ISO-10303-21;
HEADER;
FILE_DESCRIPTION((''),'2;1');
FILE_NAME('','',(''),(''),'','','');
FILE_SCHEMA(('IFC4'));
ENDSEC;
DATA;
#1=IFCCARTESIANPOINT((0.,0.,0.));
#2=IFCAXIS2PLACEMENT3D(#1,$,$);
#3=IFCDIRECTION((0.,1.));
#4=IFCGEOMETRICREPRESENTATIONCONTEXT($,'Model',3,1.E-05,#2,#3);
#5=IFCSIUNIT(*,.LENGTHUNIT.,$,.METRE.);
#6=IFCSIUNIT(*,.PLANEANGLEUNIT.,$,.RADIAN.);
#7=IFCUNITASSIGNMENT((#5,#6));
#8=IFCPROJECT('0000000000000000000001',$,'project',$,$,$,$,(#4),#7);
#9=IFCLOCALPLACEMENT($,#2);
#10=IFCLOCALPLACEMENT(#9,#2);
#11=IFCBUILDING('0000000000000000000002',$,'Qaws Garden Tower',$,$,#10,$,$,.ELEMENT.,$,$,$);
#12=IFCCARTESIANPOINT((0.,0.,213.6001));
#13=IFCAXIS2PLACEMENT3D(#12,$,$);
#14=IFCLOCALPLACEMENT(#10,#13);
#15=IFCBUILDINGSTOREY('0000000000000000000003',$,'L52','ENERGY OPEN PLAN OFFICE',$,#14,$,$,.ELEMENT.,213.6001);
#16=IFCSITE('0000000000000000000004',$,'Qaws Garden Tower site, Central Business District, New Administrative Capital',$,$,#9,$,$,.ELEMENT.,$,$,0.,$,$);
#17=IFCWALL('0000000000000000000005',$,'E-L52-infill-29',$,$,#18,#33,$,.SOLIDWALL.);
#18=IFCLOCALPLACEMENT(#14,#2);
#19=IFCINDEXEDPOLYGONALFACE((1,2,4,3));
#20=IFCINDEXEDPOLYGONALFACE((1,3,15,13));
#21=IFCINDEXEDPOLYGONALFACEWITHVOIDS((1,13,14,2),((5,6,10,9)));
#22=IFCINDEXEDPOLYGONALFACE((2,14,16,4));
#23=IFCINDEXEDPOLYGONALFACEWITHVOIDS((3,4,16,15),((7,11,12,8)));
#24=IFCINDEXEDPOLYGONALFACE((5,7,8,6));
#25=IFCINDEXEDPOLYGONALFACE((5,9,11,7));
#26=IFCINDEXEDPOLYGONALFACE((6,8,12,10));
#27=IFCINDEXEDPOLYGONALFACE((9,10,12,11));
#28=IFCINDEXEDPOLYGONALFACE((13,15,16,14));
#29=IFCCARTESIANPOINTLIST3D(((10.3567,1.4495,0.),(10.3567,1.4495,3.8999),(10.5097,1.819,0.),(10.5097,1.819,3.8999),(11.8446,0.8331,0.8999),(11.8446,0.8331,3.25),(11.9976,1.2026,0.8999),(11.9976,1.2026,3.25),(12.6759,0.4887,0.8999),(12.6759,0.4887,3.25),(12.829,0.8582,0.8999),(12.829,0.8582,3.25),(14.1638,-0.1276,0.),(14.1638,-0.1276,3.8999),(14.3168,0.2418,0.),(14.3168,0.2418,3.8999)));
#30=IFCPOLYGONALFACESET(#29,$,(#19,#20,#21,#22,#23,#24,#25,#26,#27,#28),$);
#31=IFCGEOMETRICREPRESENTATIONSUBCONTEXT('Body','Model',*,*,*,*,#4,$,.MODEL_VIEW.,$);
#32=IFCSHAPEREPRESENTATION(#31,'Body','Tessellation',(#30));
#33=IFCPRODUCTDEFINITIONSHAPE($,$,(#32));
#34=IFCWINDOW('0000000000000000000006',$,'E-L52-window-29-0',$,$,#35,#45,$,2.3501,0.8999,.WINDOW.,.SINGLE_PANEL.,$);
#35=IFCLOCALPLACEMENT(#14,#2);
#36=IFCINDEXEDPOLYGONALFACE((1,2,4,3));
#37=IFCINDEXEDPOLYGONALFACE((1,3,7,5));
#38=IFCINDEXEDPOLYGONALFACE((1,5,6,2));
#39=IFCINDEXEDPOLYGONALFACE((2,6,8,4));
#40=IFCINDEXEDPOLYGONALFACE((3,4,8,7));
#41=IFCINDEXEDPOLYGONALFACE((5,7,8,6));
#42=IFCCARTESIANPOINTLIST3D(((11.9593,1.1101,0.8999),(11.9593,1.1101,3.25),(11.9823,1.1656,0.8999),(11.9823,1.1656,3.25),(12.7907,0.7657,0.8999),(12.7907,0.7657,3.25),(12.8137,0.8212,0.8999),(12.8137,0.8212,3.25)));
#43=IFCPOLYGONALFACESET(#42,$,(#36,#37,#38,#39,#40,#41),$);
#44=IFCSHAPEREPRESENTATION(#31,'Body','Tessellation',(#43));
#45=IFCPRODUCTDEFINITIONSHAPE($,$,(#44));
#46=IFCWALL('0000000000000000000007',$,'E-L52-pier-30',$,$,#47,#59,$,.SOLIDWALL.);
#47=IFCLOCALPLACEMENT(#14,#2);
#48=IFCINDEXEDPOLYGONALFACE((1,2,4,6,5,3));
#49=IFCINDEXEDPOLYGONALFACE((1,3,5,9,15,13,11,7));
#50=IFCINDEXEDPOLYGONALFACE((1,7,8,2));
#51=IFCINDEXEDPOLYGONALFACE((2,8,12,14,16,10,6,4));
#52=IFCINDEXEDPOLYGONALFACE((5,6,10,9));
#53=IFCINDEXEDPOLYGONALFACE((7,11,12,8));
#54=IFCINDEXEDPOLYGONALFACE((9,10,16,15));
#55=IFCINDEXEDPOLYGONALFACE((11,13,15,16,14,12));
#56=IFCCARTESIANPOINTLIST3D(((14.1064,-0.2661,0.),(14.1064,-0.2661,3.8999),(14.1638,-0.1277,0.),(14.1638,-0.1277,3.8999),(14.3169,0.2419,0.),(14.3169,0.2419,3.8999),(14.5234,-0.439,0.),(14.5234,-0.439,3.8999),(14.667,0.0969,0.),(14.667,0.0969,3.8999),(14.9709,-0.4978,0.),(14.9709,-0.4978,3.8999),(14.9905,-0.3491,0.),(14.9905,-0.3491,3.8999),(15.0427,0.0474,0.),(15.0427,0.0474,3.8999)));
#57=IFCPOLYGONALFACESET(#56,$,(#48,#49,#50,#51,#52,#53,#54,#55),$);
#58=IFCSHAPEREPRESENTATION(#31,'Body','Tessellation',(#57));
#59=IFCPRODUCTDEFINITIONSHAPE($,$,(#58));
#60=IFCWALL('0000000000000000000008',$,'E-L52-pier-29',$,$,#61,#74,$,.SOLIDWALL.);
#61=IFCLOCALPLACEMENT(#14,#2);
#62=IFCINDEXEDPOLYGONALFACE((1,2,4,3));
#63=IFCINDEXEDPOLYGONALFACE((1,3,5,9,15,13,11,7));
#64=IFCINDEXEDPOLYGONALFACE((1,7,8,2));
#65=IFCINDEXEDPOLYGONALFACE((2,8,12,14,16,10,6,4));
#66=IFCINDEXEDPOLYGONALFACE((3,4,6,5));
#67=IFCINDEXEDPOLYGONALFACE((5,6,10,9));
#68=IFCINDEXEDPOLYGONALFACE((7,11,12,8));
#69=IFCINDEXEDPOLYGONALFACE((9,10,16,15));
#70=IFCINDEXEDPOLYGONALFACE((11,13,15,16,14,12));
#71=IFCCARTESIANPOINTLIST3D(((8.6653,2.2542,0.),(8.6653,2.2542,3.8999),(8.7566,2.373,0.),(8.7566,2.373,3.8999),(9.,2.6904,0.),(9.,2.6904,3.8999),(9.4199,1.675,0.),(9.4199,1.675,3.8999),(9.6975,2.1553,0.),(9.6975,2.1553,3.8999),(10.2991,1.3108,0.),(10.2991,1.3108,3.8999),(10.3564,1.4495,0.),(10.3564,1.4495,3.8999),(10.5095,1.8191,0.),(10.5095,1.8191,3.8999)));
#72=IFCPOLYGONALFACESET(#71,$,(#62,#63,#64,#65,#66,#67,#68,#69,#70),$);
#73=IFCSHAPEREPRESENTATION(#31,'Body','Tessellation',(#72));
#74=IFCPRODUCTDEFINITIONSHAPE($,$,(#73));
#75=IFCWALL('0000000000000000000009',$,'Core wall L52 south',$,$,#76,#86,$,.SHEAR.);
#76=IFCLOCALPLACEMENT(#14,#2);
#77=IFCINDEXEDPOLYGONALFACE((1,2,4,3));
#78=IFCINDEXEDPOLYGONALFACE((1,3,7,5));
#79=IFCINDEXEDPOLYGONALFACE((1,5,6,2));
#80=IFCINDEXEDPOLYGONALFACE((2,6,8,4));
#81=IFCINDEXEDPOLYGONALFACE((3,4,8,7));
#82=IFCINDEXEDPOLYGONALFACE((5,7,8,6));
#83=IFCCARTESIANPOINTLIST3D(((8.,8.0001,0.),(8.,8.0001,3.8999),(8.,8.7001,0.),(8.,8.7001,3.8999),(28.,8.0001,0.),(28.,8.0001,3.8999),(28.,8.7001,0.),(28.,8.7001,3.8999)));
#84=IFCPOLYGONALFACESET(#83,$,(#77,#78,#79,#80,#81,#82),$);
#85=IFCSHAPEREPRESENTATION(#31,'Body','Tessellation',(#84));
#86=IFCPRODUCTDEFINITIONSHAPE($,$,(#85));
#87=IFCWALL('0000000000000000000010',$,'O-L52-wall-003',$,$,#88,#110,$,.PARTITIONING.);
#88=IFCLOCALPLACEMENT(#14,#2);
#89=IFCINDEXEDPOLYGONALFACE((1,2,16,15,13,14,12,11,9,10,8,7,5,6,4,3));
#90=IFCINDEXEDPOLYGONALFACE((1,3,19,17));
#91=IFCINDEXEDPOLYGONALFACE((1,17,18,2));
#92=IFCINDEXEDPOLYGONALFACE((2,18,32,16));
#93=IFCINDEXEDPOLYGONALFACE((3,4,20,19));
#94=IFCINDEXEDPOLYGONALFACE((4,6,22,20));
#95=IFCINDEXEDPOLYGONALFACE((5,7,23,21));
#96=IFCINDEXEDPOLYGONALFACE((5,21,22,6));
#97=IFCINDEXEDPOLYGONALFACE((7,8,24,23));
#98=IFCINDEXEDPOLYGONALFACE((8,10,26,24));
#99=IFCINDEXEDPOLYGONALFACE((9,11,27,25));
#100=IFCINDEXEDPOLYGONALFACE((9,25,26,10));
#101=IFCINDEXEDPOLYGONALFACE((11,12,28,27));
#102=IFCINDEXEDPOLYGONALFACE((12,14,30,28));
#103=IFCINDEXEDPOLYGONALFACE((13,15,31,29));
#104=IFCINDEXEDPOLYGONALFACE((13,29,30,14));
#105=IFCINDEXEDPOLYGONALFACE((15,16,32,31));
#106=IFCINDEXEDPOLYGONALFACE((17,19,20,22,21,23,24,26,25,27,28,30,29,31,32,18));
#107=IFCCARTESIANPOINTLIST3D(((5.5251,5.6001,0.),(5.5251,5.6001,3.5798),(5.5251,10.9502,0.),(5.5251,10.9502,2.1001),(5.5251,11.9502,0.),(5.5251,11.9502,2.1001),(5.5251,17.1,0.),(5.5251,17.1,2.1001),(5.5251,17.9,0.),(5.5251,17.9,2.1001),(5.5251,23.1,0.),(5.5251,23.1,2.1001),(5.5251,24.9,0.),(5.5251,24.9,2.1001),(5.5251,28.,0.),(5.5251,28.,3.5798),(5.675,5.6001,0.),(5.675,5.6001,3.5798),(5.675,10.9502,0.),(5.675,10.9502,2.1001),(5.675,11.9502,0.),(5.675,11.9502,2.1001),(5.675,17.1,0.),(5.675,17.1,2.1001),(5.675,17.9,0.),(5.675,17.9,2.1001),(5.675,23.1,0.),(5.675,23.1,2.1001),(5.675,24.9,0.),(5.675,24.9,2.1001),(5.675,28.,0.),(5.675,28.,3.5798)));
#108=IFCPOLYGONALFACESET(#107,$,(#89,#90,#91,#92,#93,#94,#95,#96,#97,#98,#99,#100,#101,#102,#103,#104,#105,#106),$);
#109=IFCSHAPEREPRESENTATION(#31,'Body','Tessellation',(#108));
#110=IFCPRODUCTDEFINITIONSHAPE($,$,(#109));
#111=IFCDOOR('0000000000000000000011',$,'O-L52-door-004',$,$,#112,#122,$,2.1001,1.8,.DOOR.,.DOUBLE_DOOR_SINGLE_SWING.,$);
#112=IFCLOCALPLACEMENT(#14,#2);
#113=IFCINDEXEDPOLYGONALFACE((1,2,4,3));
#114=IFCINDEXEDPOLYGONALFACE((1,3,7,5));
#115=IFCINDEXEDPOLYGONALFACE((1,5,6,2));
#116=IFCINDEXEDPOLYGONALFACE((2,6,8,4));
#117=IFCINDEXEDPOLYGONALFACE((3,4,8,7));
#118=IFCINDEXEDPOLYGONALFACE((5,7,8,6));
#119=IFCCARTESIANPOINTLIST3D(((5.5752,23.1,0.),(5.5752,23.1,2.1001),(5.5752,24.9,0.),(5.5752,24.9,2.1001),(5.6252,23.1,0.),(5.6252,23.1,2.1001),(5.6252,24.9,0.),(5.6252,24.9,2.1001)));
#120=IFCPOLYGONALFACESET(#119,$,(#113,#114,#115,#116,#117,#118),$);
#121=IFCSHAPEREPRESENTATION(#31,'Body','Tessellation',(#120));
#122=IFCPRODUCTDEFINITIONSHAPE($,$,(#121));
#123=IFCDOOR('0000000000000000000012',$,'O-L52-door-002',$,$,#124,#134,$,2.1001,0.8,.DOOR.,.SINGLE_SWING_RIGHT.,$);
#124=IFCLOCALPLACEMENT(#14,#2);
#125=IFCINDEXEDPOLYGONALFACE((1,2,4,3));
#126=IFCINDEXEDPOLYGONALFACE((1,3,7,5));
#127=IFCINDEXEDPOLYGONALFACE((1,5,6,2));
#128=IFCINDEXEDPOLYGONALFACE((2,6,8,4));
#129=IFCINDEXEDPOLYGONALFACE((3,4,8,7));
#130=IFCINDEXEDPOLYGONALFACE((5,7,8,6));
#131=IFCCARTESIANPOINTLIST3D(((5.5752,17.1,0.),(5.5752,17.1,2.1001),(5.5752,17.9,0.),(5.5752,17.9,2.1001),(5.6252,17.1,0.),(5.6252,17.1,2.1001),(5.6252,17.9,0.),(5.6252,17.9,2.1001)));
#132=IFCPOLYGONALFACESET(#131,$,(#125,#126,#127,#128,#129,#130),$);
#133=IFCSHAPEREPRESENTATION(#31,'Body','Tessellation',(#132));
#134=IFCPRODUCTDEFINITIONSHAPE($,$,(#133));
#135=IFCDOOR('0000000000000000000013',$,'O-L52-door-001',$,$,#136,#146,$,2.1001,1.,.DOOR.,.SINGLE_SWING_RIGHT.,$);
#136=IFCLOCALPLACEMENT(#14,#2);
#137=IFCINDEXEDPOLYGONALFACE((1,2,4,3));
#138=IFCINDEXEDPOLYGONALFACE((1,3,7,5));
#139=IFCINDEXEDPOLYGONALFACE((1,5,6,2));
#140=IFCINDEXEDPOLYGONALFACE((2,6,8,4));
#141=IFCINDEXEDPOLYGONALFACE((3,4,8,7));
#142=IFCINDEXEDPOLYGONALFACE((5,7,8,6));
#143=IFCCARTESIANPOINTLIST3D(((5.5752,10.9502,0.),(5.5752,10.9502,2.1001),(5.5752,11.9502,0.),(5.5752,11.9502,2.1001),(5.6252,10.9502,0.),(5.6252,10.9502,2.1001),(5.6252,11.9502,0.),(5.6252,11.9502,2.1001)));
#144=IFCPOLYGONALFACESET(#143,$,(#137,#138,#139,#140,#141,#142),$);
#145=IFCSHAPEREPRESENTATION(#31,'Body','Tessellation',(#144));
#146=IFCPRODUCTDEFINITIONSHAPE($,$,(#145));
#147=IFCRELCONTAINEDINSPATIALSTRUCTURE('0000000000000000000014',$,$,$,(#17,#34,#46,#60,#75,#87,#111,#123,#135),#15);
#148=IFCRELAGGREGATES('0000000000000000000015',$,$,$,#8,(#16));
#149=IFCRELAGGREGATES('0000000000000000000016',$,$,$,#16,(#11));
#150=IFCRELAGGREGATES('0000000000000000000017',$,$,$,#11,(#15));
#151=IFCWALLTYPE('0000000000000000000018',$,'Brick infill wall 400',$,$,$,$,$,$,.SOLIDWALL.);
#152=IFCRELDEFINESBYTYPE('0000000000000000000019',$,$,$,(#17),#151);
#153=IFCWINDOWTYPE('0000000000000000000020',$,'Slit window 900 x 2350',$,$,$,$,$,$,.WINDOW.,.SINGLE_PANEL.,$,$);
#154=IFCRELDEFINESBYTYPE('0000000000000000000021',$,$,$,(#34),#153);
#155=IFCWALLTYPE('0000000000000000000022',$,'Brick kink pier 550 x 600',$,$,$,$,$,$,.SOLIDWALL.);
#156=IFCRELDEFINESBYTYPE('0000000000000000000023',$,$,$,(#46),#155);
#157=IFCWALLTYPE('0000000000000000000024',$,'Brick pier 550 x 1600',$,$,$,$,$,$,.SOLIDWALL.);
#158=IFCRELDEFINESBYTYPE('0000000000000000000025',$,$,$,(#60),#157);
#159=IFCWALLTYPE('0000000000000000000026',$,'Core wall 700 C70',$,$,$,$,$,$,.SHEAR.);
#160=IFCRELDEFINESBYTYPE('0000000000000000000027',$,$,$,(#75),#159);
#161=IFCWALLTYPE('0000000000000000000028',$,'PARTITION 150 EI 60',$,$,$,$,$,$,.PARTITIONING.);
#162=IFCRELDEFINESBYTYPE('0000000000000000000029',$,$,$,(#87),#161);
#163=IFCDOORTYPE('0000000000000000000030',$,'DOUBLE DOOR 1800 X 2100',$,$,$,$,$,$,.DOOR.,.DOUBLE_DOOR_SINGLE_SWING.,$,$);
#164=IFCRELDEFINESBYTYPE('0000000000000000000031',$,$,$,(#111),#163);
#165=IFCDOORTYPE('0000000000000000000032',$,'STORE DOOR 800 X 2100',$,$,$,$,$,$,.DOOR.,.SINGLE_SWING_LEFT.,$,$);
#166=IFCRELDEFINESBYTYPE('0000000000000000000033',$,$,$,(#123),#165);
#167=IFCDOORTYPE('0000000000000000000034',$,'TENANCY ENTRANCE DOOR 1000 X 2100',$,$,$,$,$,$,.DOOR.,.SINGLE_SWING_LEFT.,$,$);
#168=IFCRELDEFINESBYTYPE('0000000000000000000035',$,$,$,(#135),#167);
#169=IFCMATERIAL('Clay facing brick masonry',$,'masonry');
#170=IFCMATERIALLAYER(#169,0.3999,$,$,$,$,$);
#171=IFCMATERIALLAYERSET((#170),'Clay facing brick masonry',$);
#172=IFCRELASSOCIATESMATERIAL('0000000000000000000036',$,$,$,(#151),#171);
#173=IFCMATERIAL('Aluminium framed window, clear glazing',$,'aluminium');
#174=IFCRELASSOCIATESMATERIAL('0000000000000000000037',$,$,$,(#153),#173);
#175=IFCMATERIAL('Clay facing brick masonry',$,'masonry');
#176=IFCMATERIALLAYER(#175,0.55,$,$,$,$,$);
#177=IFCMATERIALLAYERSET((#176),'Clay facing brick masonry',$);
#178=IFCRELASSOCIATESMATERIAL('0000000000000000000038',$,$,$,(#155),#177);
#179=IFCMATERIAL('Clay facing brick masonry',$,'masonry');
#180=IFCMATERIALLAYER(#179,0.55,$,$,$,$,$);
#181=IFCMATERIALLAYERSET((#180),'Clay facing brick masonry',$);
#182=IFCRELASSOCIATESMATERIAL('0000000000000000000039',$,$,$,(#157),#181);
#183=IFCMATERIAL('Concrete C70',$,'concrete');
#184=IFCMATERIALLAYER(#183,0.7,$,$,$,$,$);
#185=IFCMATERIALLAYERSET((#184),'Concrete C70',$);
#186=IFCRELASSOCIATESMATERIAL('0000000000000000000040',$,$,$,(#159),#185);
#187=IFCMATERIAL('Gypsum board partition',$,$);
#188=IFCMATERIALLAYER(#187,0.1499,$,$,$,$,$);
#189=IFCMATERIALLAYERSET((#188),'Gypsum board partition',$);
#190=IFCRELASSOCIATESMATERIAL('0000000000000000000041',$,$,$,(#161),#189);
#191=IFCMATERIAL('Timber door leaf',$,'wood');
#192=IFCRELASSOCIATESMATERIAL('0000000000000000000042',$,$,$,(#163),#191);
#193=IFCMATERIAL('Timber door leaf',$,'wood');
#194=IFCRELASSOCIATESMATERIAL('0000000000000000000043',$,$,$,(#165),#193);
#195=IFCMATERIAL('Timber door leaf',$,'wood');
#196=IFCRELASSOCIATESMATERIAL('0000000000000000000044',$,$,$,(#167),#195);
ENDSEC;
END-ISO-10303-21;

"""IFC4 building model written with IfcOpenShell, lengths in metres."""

from ifc_helpers import new_model, si_unit, direction, frame, frame_2d, origin, place, context, subcontext, project, spatial, polyline, rectangle, outline, extrude, material, layer, layer_set, type_object, element, fill, save


model = new_model("IFC4")

# Units and contexts
model_context = context("Model", 3, precision=1e-05, world=origin(), true_north=direction((0.0, 1.0)))
body_context = subcontext(model_context, "Body", "Model", "MODEL_VIEW")
ifc_project = project(units=[si_unit("LENGTHUNIT", "METRE"), si_unit("PLANEANGLEUNIT", "RADIAN")], contexts=[model_context])

# Site, building, storey
site_placement = place(None, origin())
site = spatial("IfcSite", under=ifc_project, at=site_placement, Name="Qaws Garden Tower site, Central Business District, New Administrative Capital", CompositionType="ELEMENT", RefElevation=0.0)
building_placement = place(site_placement, origin())
building = spatial("IfcBuilding", under=site, at=building_placement, Name="Qaws Garden Tower", CompositionType="ELEMENT")
storey_placement = place(building_placement, frame((0.0, 0.0, 213.6001)))
storey = spatial("IfcBuildingStorey", under=building, at=storey_placement, Name="L52", Description="ENERGY OPEN PLAN OFFICE", CompositionType="ELEMENT", Elevation=213.6001)

# Shared definitions
placement_1 = place(storey_placement, origin())

# Wall, opening, window
ifc_material_1 = material(Name="Clay facing brick masonry", Category="masonry")
ifc_layer_1 = layer(ifc_material_1, 0.3999)
ifc_layer_set_1 = layer_set([ifc_layer_1], Name="Clay facing brick masonry")
wall_type_1 = type_object("IfcWallType", Name="Brick infill wall 400", PredefinedType="SOLIDWALL", material=ifc_layer_set_1)
ifc_material_2 = material(Name="Aluminium framed window, clear glazing", Category="aluminium")
window_type = type_object("IfcWindowType", Name="Slit window 900 x 2350", PartitioningType="SINGLE_PANEL", PredefinedType="WINDOW", material=ifc_material_2)
wall_1_placement = place(storey_placement, frame((10.4331, 1.6343, 0.0), z_axis=(0.0, 0.0, 1.0), x_axis=(0.923864, -0.382722, 0.0)))
wall_1 = element("IfcWall", 1, at=wall_1_placement, inside=storey, type_object=wall_type_1, Name="E-L52-infill-29", PredefinedType="SOLIDWALL", context=body_context, shape_type="SweptSolid", body=[
    extrude(rectangle(XDim=4.1208, YDim=0.3999, at=frame_2d((2.0605, 0.0))), origin(), (0.0, 0.0, 1.0), 3.8999),
])
opening_1_placement = place(wall_1_placement, frame((1.6106, 0.0, 0.8999)))
opening_1 = element("IfcOpeningElement", 2, at=opening_1_placement, cuts=wall_1, PredefinedType="OPENING", context=body_context, shape_type="SweptSolid", body=[
    extrude(rectangle(XDim=0.8999, YDim=2.3501, at=frame_2d((0.45, 1.175))), frame((0.0, 0.21, 0.0), z_axis=(0.0, -1.0, 0.0), x_axis=(1.0, 0.0, 0.0)), (0.0, 0.0, 1.0), 0.4199),
])
window_1_placement = place(opening_1_placement, origin())
window_1 = element("IfcWindow", 3, at=window_1_placement, inside=storey, type_object=window_type, Name="E-L52-window-29-0", OverallHeight=2.3501, OverallWidth=0.8999, PartitioningType="SINGLE_PANEL", PredefinedType="WINDOW", context=body_context, shape_type="SweptSolid", body=[
    extrude(rectangle(XDim=0.8999, YDim=2.3501, at=frame_2d((0.45, 1.175))), frame((0.0, 0.1599, 0.0), z_axis=(0.0, -1.0, 0.0), x_axis=(1.0, 0.0, 0.0)), (0.0, 0.0, 1.0), 0.0601),
])
fill(opening_1, window_1)

# Walls
ifc_material_3 = material(Name="Clay facing brick masonry", Category="masonry")
ifc_layer_2 = layer(ifc_material_3, 0.55)
ifc_layer_set_2 = layer_set([ifc_layer_2], Name="Clay facing brick masonry")
wall_type_2 = type_object("IfcWallType", Name="Brick kink pier 550 x 600", PredefinedType="SOLIDWALL", material=ifc_layer_set_2)
element("IfcWall", 4, at=placement_1, inside=storey, type_object=wall_type_2, Name="E-L52-pier-30", PredefinedType="SOLIDWALL", context=body_context, shape_type="SweptSolid", body=[
    extrude(outline(polyline([(14.1638, -0.1277), (14.1064, -0.2661), (14.5234, -0.439), (14.9709, -0.4978), (14.9905, -0.3491), (15.0427, 0.0474), (14.667, 0.0969), (14.3169, 0.2419), (14.1638, -0.1277)])), origin(), (0.0, 0.0, 1.0), 3.8999),
])
ifc_material_4 = material(Name="Clay facing brick masonry", Category="masonry")
ifc_layer_3 = layer(ifc_material_4, 0.55)
ifc_layer_set_3 = layer_set([ifc_layer_3], Name="Clay facing brick masonry")
wall_type_3 = type_object("IfcWallType", Name="Brick pier 550 x 1600", PredefinedType="SOLIDWALL", material=ifc_layer_set_3)
element("IfcWall", 5, at=placement_1, inside=storey, type_object=wall_type_3, Name="E-L52-pier-29", PredefinedType="SOLIDWALL", context=body_context, shape_type="SweptSolid", body=[
    extrude(outline(polyline([(8.7566, 2.373), (8.6653, 2.2542), (9.4199, 1.675), (10.2991, 1.3108), (10.3564, 1.4495), (10.5095, 1.8191), (9.6975, 2.1553), (9.0, 2.6904), (8.7566, 2.373)])), origin(), (0.0, 0.0, 1.0), 3.8999),
])
ifc_material_5 = material(Name="Concrete C70", Category="concrete")
ifc_layer_4 = layer(ifc_material_5, 0.7)
ifc_layer_set_4 = layer_set([ifc_layer_4], Name="Concrete C70")
wall_type_4 = type_object("IfcWallType", Name="Core wall 700 C70", PredefinedType="SHEAR", material=ifc_layer_set_4)
wall_2_placement = place(storey_placement, frame((8.0, 8.3501, 0.0), z_axis=(0.0, 0.0, 1.0), x_axis=(1.0, 0.0, 0.0)))
element("IfcWall", 6, at=wall_2_placement, inside=storey, type_object=wall_type_4, Name="Core wall L52 south", PredefinedType="SHEAR", context=body_context, shape_type="SweptSolid", body=[
    extrude(rectangle(XDim=20.0, YDim=0.7, at=frame_2d((10.0, 0.0))), origin(), (0.0, 0.0, 1.0), 3.8999),
])

# Wall, openings, doors
ifc_material_6 = material(Name="Gypsum board partition")
ifc_layer_5 = layer(ifc_material_6, 0.1499)
ifc_layer_set_5 = layer_set([ifc_layer_5], Name="Gypsum board partition")
wall_type_5 = type_object("IfcWallType", Name="PARTITION 150 EI 60", PredefinedType="PARTITIONING", material=ifc_layer_set_5)
wall_3_placement = place(storey_placement, frame((5.6001, 5.6001, 0.0), z_axis=(0.0, 0.0, 1.0), x_axis=(0.0, 1.0, 0.0)))
wall_3 = element("IfcWall", 7, at=wall_3_placement, inside=storey, type_object=wall_type_5, Name="O-L52-wall-003", PredefinedType="PARTITIONING", context=body_context, shape_type="SweptSolid", body=[
    extrude(rectangle(XDim=22.3999, YDim=0.1499, at=frame_2d((11.2, 0.0))), origin(), (0.0, 0.0, 1.0), 3.5798),
])
opening_2_placement = place(wall_3_placement, frame((5.3501, 0.0, 0.0)))
opening_2 = element("IfcOpeningElement", 8, at=opening_2_placement, cuts=wall_3, PredefinedType="OPENING", context=body_context, shape_type="SweptSolid", body=[
    extrude(rectangle(XDim=1.0, YDim=2.1001, at=frame_2d((0.5, 1.05))), frame((0.0, 0.085, 0.0), z_axis=(0.0, -1.0, 0.0), x_axis=(1.0, 0.0, 0.0)), (0.0, 0.0, 1.0), 0.1699),
])
opening_3_placement = place(wall_3_placement, frame((11.5, 0.0, 0.0)))
opening_3 = element("IfcOpeningElement", 9, at=opening_3_placement, cuts=wall_3, PredefinedType="OPENING", context=body_context, shape_type="SweptSolid", body=[
    extrude(rectangle(XDim=0.8, YDim=2.1001, at=frame_2d((0.3999, 1.05))), frame((0.0, 0.085, 0.0), z_axis=(0.0, -1.0, 0.0), x_axis=(1.0, 0.0, 0.0)), (0.0, 0.0, 1.0), 0.1699),
])
opening_4_placement = place(wall_3_placement, frame((17.5, 0.0, 0.0)))
opening_4 = element("IfcOpeningElement", 10, at=opening_4_placement, cuts=wall_3, PredefinedType="OPENING", context=body_context, shape_type="SweptSolid", body=[
    extrude(rectangle(XDim=1.8, YDim=2.1001, at=frame_2d((0.8999, 1.05))), frame((0.0, 0.085, 0.0), z_axis=(0.0, -1.0, 0.0), x_axis=(1.0, 0.0, 0.0)), (0.0, 0.0, 1.0), 0.1699),
])
ifc_material_7 = material(Name="Timber door leaf", Category="wood")
door_type_1 = type_object("IfcDoorType", Name="DOUBLE DOOR 1800 X 2100", OperationType="DOUBLE_DOOR_SINGLE_SWING", PredefinedType="DOOR", material=ifc_material_7)
door_1_placement = place(opening_4_placement, origin())
door_1 = element("IfcDoor", 11, at=door_1_placement, inside=storey, type_object=door_type_1, Name="O-L52-door-004", OperationType="DOUBLE_DOOR_SINGLE_SWING", OverallHeight=2.1001, OverallWidth=1.8, PredefinedType="DOOR", context=body_context, shape_type="SweptSolid", body=[
    extrude(rectangle(XDim=1.8, YDim=2.1001, at=frame_2d((0.8999, 1.05))), frame((0.0, 0.0249, 0.0), z_axis=(0.0, -1.0, 0.0), x_axis=(1.0, 0.0, 0.0)), (0.0, 0.0, 1.0), 0.05),
])
fill(opening_4, door_1)
ifc_material_8 = material(Name="Timber door leaf", Category="wood")
door_type_2 = type_object("IfcDoorType", Name="STORE DOOR 800 X 2100", OperationType="SINGLE_SWING_LEFT", PredefinedType="DOOR", material=ifc_material_8)
door_2_placement = place(opening_3_placement, origin())
door_2 = element("IfcDoor", 12, at=door_2_placement, inside=storey, type_object=door_type_2, Name="O-L52-door-002", OperationType="SINGLE_SWING_RIGHT", OverallHeight=2.1001, OverallWidth=0.8, PredefinedType="DOOR", context=body_context, shape_type="SweptSolid", body=[
    extrude(rectangle(XDim=0.8, YDim=2.1001, at=frame_2d((0.3999, 1.05))), frame((0.0, 0.0249, 0.0), z_axis=(0.0, -1.0, 0.0), x_axis=(1.0, 0.0, 0.0)), (0.0, 0.0, 1.0), 0.05),
])
fill(opening_3, door_2)
ifc_material_9 = material(Name="Timber door leaf", Category="wood")
door_type_3 = type_object("IfcDoorType", Name="TENANCY ENTRANCE DOOR 1000 X 2100", OperationType="SINGLE_SWING_LEFT", PredefinedType="DOOR", material=ifc_material_9)
door_3_placement = place(opening_2_placement, origin())
door_3 = element("IfcDoor", 13, at=door_3_placement, inside=storey, type_object=door_type_3, Name="O-L52-door-001", OperationType="SINGLE_SWING_RIGHT", OverallHeight=2.1001, OverallWidth=1.0, PredefinedType="DOOR", context=body_context, shape_type="SweptSolid", body=[
    extrude(rectangle(XDim=1.0, YDim=2.1001, at=frame_2d((0.5, 1.05))), frame((0.0, 0.0249, 0.0), z_axis=(0.0, -1.0, 0.0), x_axis=(1.0, 0.0, 0.0)), (0.0, 0.0, 1.0), 0.05),
])
fill(opening_2, door_3)

save(model, "model.ifc")
